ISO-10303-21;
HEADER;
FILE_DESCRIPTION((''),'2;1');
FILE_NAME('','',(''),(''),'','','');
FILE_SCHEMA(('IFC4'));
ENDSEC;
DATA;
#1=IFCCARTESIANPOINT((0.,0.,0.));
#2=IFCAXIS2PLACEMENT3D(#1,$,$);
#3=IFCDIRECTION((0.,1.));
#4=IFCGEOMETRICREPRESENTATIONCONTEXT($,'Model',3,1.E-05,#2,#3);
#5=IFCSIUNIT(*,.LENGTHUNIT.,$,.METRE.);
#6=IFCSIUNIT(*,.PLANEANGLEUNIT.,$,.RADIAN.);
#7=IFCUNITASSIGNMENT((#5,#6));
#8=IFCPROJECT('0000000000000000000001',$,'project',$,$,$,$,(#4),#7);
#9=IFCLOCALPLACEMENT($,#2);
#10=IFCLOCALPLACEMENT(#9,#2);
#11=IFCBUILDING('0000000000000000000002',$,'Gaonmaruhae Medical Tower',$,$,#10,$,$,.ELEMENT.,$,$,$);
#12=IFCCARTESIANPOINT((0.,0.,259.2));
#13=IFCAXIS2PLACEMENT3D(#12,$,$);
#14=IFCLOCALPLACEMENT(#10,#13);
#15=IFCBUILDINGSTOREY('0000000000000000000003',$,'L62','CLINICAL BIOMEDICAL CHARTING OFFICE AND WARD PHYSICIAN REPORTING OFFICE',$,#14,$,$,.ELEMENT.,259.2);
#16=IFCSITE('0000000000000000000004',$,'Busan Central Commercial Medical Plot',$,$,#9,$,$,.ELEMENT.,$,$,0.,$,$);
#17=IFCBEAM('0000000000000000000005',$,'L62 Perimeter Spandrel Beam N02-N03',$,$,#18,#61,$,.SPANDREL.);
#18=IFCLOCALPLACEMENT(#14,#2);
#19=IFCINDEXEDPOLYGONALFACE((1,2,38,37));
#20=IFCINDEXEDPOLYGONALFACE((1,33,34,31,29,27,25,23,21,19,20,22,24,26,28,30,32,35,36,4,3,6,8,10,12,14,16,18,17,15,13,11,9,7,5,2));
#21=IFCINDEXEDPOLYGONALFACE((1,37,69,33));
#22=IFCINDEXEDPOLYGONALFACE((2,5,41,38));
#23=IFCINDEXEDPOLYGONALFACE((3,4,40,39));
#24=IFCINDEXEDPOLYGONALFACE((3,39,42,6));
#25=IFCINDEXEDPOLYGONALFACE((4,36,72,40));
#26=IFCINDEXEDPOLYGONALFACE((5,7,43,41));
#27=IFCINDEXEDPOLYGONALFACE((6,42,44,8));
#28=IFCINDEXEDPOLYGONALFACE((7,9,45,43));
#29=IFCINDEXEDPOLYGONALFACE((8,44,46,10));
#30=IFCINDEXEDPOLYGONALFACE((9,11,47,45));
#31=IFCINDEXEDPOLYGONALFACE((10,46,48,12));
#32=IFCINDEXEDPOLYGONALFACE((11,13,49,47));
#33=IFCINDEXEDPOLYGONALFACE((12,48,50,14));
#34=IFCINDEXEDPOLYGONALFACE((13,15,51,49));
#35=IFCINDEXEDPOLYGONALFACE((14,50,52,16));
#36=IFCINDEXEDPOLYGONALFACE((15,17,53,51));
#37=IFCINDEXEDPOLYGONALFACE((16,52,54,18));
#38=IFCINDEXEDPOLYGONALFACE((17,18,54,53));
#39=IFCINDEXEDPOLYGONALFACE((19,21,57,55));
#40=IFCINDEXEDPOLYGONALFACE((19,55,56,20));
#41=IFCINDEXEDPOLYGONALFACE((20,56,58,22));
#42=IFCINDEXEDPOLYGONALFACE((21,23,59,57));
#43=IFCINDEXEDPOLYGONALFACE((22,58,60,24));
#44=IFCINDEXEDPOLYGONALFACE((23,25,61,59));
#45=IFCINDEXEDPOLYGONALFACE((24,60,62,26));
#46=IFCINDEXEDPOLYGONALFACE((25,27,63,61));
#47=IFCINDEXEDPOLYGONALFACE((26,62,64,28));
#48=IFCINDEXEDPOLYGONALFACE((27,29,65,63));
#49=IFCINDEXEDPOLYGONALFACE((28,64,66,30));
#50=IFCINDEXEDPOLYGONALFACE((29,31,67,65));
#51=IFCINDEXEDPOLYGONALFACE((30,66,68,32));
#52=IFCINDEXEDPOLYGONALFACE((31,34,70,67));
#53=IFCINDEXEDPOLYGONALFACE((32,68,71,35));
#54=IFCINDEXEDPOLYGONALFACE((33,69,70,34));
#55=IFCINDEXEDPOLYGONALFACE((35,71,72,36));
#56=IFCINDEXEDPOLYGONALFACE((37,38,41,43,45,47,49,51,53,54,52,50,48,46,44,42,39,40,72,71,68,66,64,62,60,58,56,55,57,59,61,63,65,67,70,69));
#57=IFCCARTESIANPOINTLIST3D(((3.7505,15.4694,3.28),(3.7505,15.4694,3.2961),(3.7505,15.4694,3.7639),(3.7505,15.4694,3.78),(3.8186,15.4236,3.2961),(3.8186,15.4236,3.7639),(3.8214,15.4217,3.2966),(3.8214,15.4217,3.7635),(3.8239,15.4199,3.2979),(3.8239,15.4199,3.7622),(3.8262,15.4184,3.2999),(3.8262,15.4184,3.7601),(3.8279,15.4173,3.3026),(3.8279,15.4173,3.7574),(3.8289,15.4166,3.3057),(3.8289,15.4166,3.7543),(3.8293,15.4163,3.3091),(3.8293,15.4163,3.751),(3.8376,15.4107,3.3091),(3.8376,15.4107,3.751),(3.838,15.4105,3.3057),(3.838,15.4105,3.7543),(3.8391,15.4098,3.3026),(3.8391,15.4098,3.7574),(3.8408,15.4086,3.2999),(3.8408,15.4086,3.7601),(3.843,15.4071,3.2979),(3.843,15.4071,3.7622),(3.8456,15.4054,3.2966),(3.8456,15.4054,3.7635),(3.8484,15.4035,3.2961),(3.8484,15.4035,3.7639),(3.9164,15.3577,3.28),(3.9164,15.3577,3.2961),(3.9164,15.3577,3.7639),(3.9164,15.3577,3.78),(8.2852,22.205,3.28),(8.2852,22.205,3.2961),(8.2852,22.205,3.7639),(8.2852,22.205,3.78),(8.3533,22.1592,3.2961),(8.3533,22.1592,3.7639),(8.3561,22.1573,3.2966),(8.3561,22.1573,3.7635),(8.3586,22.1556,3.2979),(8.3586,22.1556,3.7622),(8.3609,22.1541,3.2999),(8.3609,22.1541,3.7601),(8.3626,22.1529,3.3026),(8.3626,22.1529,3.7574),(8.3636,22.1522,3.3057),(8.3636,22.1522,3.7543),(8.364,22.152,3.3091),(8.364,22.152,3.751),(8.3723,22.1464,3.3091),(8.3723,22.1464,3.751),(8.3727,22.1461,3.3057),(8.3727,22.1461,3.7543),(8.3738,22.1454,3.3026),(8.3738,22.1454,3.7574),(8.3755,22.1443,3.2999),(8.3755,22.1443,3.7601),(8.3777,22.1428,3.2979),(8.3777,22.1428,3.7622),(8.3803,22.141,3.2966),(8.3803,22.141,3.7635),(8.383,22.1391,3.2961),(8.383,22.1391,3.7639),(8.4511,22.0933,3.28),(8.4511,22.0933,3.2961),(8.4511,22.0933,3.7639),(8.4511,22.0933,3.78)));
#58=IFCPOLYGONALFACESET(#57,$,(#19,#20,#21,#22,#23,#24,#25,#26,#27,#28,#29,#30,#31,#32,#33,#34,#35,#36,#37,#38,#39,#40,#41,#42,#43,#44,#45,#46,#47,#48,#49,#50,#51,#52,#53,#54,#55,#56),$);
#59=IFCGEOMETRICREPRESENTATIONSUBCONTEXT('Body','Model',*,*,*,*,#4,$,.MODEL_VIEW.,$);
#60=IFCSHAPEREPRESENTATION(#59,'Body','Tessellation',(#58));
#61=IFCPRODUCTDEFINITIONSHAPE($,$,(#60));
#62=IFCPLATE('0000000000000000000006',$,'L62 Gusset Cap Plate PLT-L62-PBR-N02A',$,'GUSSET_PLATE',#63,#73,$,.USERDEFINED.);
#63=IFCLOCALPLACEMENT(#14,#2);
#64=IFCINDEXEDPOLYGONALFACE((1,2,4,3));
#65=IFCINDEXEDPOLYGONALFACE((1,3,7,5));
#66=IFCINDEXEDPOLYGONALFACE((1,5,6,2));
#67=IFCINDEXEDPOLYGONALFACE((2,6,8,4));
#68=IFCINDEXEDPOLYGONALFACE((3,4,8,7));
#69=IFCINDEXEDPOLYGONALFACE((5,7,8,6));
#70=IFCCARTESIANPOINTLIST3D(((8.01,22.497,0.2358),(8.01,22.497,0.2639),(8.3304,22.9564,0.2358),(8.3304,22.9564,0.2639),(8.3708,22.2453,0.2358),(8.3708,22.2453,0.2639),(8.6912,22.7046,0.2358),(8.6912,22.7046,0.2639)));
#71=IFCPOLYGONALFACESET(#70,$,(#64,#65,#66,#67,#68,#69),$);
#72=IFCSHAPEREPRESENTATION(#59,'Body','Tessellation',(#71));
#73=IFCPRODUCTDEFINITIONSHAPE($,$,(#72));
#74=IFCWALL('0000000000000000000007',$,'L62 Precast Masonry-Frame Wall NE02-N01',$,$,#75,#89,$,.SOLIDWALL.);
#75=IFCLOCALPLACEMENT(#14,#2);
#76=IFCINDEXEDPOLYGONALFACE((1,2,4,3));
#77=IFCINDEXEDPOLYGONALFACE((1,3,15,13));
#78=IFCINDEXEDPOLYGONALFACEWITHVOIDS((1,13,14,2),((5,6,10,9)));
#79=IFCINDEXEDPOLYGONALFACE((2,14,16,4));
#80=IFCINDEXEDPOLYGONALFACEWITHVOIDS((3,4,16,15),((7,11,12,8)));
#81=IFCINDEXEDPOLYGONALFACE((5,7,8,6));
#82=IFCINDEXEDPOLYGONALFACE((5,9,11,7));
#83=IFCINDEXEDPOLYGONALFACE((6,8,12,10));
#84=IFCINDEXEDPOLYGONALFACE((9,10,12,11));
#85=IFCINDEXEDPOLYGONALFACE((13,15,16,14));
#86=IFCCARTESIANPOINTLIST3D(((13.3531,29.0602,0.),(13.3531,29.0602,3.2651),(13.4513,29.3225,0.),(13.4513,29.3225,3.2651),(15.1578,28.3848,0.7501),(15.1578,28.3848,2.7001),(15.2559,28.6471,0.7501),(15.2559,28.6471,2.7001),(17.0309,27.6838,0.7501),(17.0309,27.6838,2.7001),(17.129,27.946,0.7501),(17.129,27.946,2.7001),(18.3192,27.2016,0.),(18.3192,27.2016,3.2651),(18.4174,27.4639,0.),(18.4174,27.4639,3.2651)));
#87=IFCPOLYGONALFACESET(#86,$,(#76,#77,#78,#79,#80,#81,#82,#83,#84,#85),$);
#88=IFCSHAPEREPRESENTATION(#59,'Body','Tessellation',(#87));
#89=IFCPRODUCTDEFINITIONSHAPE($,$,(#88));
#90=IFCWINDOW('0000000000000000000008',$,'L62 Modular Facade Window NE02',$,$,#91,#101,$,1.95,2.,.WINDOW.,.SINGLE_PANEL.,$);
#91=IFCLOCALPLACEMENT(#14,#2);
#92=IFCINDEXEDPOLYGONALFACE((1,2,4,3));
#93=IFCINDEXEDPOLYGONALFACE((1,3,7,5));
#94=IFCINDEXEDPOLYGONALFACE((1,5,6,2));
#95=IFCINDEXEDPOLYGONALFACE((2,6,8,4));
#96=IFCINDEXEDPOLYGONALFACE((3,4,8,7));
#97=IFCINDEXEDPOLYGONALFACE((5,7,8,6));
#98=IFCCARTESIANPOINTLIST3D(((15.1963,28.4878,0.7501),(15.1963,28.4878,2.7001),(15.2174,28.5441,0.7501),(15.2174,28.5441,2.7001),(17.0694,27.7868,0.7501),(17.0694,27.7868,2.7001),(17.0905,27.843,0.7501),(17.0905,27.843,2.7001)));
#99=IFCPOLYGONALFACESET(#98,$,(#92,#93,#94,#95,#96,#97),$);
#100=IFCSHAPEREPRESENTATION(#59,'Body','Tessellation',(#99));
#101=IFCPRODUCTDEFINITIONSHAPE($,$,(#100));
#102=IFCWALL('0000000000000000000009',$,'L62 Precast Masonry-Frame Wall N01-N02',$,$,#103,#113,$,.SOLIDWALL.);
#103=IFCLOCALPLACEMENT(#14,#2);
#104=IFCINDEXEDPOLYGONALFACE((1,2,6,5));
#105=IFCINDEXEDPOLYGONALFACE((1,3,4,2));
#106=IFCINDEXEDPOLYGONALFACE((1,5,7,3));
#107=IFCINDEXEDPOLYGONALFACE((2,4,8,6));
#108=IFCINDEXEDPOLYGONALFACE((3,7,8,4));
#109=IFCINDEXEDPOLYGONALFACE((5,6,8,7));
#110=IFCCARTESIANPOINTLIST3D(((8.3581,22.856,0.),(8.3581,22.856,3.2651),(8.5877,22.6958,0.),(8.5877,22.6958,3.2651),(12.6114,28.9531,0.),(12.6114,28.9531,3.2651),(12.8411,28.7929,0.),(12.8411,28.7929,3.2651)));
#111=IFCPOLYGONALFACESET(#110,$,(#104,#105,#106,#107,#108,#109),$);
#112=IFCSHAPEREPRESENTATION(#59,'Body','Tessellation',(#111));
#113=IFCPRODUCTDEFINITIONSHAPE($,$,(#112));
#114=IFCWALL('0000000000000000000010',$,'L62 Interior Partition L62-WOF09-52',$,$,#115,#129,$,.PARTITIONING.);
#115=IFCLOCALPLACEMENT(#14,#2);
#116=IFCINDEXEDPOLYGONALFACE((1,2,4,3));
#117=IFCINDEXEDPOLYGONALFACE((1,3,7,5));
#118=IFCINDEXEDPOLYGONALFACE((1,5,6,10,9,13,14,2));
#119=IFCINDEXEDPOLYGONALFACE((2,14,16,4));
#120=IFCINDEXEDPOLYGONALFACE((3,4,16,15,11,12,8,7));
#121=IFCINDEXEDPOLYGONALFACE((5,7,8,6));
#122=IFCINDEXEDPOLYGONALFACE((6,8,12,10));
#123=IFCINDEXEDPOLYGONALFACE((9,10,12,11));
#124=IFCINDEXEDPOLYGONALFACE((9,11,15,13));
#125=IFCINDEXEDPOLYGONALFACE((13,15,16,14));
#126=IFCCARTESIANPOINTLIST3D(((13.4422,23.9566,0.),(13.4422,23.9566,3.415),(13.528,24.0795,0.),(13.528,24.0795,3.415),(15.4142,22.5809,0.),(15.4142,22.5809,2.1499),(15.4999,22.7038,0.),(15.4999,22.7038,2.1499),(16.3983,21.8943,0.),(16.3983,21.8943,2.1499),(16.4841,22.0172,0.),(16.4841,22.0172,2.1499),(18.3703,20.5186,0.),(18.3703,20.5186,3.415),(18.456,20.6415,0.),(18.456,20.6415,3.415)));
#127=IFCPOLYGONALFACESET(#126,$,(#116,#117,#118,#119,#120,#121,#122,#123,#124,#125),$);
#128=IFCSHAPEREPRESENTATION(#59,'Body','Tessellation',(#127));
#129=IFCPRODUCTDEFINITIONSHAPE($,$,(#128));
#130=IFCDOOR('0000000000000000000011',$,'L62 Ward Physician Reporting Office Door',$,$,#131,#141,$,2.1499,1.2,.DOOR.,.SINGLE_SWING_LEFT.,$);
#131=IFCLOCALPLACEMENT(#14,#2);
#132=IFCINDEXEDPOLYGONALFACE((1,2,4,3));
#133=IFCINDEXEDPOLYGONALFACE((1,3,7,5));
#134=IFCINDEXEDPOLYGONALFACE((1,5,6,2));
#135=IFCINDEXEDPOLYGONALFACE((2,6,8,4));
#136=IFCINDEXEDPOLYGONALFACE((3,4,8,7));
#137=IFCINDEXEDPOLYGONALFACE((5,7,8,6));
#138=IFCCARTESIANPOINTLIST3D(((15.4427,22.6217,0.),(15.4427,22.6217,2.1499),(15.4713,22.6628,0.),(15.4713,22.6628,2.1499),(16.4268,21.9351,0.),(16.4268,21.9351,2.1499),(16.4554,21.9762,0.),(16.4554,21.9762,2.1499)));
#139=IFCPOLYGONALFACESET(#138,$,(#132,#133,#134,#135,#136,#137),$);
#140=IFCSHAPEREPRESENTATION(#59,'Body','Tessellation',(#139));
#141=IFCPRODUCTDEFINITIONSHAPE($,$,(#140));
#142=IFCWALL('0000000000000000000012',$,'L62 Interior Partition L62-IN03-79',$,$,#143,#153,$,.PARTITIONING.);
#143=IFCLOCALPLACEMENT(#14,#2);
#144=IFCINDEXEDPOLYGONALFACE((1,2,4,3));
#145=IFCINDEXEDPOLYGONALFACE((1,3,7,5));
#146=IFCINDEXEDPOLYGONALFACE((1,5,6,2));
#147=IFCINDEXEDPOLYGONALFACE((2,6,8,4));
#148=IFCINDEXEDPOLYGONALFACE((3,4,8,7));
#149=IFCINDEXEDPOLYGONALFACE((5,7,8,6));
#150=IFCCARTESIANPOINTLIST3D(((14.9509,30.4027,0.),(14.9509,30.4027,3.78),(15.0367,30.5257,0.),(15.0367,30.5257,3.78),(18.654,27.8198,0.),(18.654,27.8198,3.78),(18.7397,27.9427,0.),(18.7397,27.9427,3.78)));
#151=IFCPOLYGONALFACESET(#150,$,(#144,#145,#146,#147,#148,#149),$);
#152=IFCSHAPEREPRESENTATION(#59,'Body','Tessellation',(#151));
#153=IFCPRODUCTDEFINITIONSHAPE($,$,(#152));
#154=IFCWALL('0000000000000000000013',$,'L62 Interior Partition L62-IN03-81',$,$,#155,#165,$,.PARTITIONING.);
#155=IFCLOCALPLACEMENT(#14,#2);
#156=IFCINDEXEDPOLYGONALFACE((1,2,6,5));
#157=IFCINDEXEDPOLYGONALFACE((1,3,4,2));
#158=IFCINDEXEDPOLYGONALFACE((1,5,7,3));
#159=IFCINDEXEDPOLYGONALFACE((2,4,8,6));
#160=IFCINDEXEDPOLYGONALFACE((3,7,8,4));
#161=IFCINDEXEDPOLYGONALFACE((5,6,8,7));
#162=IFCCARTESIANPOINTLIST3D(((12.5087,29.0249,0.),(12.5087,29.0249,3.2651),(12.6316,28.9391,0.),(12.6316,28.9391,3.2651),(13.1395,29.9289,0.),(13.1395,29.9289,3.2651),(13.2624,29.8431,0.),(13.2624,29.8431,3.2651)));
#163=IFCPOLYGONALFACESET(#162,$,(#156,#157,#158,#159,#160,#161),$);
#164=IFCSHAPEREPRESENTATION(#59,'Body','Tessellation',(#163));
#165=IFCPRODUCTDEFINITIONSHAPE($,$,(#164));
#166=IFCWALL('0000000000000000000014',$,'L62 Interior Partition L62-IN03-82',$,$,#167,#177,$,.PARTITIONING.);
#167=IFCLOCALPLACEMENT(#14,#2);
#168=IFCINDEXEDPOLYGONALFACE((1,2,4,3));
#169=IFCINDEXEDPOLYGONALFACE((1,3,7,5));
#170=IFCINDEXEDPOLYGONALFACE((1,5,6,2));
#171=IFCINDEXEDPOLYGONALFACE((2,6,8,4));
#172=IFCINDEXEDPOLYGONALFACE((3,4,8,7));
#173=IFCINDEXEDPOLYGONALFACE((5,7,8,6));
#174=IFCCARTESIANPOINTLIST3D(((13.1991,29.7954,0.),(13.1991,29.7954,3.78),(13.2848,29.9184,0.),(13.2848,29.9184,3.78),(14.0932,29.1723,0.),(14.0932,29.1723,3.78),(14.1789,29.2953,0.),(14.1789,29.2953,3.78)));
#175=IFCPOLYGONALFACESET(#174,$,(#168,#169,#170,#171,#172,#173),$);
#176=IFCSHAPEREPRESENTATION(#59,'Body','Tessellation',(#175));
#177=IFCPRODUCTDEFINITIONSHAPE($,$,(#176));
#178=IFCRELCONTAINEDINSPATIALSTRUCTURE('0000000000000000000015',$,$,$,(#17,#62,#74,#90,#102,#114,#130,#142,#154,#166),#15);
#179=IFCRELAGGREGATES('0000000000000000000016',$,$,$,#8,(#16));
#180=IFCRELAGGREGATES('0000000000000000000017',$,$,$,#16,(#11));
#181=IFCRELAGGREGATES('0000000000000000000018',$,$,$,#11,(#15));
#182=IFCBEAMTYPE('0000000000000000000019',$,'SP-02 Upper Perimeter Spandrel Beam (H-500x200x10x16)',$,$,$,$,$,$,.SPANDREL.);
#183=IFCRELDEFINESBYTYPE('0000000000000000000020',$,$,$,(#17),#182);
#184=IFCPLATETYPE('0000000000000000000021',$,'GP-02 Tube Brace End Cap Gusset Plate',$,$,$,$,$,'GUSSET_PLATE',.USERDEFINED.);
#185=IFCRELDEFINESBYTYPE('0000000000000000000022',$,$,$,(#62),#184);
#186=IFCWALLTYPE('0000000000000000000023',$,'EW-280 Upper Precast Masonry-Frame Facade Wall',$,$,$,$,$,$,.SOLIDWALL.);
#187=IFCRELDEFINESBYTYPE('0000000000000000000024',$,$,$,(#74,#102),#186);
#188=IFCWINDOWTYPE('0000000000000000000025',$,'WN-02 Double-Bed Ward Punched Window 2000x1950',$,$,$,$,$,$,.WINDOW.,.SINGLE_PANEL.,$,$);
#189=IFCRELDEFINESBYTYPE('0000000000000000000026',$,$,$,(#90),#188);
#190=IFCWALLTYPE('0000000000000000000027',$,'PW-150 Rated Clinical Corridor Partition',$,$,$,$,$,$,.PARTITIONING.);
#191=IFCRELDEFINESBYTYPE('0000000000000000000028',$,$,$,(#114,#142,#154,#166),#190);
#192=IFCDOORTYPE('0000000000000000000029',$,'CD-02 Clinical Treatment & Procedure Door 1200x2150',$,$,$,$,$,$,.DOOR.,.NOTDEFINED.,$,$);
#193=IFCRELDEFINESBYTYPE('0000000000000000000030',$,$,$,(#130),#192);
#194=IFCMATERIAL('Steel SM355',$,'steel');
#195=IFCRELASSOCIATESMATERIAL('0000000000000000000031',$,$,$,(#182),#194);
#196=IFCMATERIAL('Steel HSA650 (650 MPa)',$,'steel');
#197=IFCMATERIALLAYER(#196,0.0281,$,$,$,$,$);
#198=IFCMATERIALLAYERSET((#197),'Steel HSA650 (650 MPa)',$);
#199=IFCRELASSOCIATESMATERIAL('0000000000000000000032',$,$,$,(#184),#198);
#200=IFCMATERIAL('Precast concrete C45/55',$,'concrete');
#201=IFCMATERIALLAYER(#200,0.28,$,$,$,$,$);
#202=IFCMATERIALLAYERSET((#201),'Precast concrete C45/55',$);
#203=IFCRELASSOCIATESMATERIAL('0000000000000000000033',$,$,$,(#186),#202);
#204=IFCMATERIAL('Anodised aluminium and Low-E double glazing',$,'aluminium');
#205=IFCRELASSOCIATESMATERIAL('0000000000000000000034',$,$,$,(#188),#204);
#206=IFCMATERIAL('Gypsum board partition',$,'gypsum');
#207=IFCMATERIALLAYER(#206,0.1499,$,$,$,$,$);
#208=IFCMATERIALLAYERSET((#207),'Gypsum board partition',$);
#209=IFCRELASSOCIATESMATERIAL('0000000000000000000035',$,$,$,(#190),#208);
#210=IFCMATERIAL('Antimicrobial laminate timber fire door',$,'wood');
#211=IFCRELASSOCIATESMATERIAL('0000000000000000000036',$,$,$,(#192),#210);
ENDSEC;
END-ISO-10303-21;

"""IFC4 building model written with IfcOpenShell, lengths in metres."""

from ifc_helpers import new_model, si_unit, direction, frame, frame_2d, origin, origin_2d, place, context, subcontext, project, spatial, rectangle, i_section, extrude, material, layer, layer_set, material_profile, profile_set, type_object, element, fill, save


model = new_model("IFC4")

# Units and contexts
model_context = context("Model", 3, precision=1e-05, world=origin(), true_north=direction((0.0, 1.0)))
body_context = subcontext(model_context, "Body", "Model", "MODEL_VIEW")
ifc_project = project(units=[si_unit("LENGTHUNIT", "METRE"), si_unit("PLANEANGLEUNIT", "RADIAN")], contexts=[model_context])

# Site, building, storey
site_placement = place(None, origin())
site = spatial("IfcSite", under=ifc_project, at=site_placement, Name="Busan Central Commercial Medical Plot", CompositionType="ELEMENT", RefElevation=0.0)
building_placement = place(site_placement, origin())
building = spatial("IfcBuilding", under=site, at=building_placement, Name="Gaonmaruhae Medical Tower", CompositionType="ELEMENT")
storey_placement = place(building_placement, frame((0.0, 0.0, 259.2)))
storey = spatial("IfcBuildingStorey", under=building, at=storey_placement, Name="L62", Description="CLINICAL BIOMEDICAL CHARTING OFFICE AND WARD PHYSICIAN REPORTING OFFICE", CompositionType="ELEMENT", Elevation=259.2)

# Shared definitions
ifc_material_1 = material(Name="Steel SM355", Category="steel")

# Beam
ifc_material_profile_1 = material_profile(ifc_material_1, i_section(OverallWidth=0.2, OverallDepth=0.5, WebThickness=0.01, FlangeThickness=0.0161, FilletRadius=0.0129, at=origin_2d()), Name="H-500x200x10x16")
ifc_profile_set_1 = profile_set([ifc_material_profile_1], Name="Steel SM355")
beam_type_1 = type_object("IfcBeamType", Name="SP-02 Upper Perimeter Spandrel Beam (H-500x200x10x16)", PredefinedType="SPANDREL", material=ifc_profile_set_1)
beam_1_placement = place(storey_placement, frame((8.3682, 22.1492, 3.53), z_axis=(-0.558469, -0.829525, 0.0), x_axis=(0.829525, -0.558469, 0.0)))
element("IfcBeam", 1, at=beam_1_placement, inside=storey, type_object=beam_type_1, Name="L62 Perimeter Spandrel Beam N02-N03", PredefinedType="SPANDREL", context=body_context, shape_type="SweptSolid", body=[
    extrude(i_section(OverallWidth=0.2, OverallDepth=0.5, WebThickness=0.01, FlangeThickness=0.0161, FilletRadius=0.0129, at=origin_2d()), origin(), (0.0, 0.0, 1.0), 8.1199),
])

# Plate
ifc_material_2 = material(Name="Steel HSA650 (650 MPa)", Category="steel")
ifc_layer_1 = layer(ifc_material_2, 0.0281)
ifc_layer_set_1 = layer_set([ifc_layer_1], Name="Steel HSA650 (650 MPa)")
plate_type = type_object("IfcPlateType", Name="GP-02 Tube Brace End Cap Gusset Plate", ElementType="GUSSET_PLATE", PredefinedType="USERDEFINED", material=ifc_layer_set_1)
plate_placement = place(storey_placement, frame((8.3506, 22.6008, 0.2358), z_axis=(0.0, 0.0, 1.0), x_axis=(0.572146, 0.820152, 0.0)))
element("IfcPlate", 2, at=plate_placement, inside=storey, type_object=plate_type, Name="L62 Gusset Cap Plate PLT-L62-PBR-N02A", ObjectType="GUSSET_PLATE", PredefinedType="USERDEFINED", context=body_context, shape_type="SweptSolid", body=[
    extrude(rectangle(XDim=0.5601, YDim=0.4399, at=origin_2d()), origin(), (0.0, 0.0, 1.0), 0.0281),
])

# Wall, opening, window
ifc_material_3 = material(Name="Precast concrete C45/55", Category="concrete")
ifc_layer_2 = layer(ifc_material_3, 0.28)
ifc_layer_set_2 = layer_set([ifc_layer_2], Name="Precast concrete C45/55")
wall_type_1 = type_object("IfcWallType", Name="EW-280 Upper Precast Masonry-Frame Facade Wall", PredefinedType="SOLIDWALL", material=ifc_layer_set_2)
wall_1_placement = place(storey_placement, frame((13.4021, 29.1914, 0.0), z_axis=(0.0, 0.0, 1.0), x_axis=(0.936554, -0.350523, 0.0)))
wall_1 = element("IfcWall", 3, at=wall_1_placement, inside=storey, type_object=wall_type_1, Name="L62 Precast Masonry-Frame Wall NE02-N01", PredefinedType="SOLIDWALL", context=body_context, shape_type="SweptSolid", body=[
    extrude(rectangle(XDim=5.3025, YDim=0.28, at=frame_2d((2.6514, 0.0))), origin(), (0.0, 0.0, 1.0), 3.2651),
])
opening_1_placement = place(wall_1_placement, frame((1.927, 0.0, 0.75)))
opening_1 = element("IfcOpeningElement", 4, at=opening_1_placement, cuts=wall_1, PredefinedType="OPENING", context=body_context, shape_type="SweptSolid", body=[
    extrude(rectangle(XDim=2.0, YDim=1.95, at=frame_2d((1.0, 0.9751))), frame((0.0, 0.1499, 0.0), z_axis=(0.0, -1.0, 0.0), x_axis=(1.0, 0.0, 0.0)), (0.0, 0.0, 1.0), 0.3),
])
ifc_material_4 = material(Name="Anodised aluminium and Low-E double glazing", Category="aluminium")
window_type = type_object("IfcWindowType", Name="WN-02 Double-Bed Ward Punched Window 2000x1950", PartitioningType="SINGLE_PANEL", PredefinedType="WINDOW", material=ifc_material_4)
window_placement = place(opening_1_placement, origin())
window = element("IfcWindow", 5, at=window_placement, inside=storey, type_object=window_type, Name="L62 Modular Facade Window NE02", OverallHeight=1.95, OverallWidth=2.0, PartitioningType="SINGLE_PANEL", PredefinedType="WINDOW", context=body_context, shape_type="SweptSolid", body=[
    extrude(rectangle(XDim=2.0, YDim=1.95, at=frame_2d((1.0, 0.9751))), frame((0.0, 0.03, 0.0), z_axis=(0.0, -1.0, 0.0), x_axis=(1.0, 0.0, 0.0)), (0.0, 0.0, 1.0), 0.0601),
])
fill(opening_1, window)

# Wall
wall_2_placement = place(storey_placement, frame((8.4729, 22.7759, 0.0), z_axis=(0.0, 0.0, 1.0), x_axis=(0.572144, 0.820153, 0.0)))
element("IfcWall", 6, at=wall_2_placement, inside=storey, type_object=wall_type_1, Name="L62 Precast Masonry-Frame Wall N01-N02", PredefinedType="SOLIDWALL", context=body_context, shape_type="SweptSolid", body=[
    extrude(rectangle(XDim=7.4341, YDim=0.28, at=frame_2d((3.717, 0.0))), origin(), (0.0, 0.0, 1.0), 3.2651),
])

# Wall, opening, door
ifc_material_5 = material(Name="Gypsum board partition", Category="gypsum")
ifc_layer_3 = layer(ifc_material_5, 0.1499)
ifc_layer_set_3 = layer_set([ifc_layer_3], Name="Gypsum board partition")
wall_type_2 = type_object("IfcWallType", Name="PW-150 Rated Clinical Corridor Partition", PredefinedType="PARTITIONING", material=ifc_layer_set_3)
wall_3_placement = place(storey_placement, frame((13.4851, 24.0181, 0.0), z_axis=(0.0, 0.0, 1.0), x_axis=(0.820138, -0.572166, 0.0)))
wall_3 = element("IfcWall", 7, at=wall_3_placement, inside=storey, type_object=wall_type_2, Name="L62 Interior Partition L62-WOF09-52", PredefinedType="PARTITIONING", context=body_context, shape_type="SweptSolid", body=[
    extrude(rectangle(XDim=6.0088, YDim=0.1499, at=frame_2d((3.0044, 0.0))), origin(), (0.0, 0.0, 1.0), 3.415),
])
opening_2_placement = place(wall_3_placement, frame((2.4043, 0.0, 0.0)))
opening_2 = element("IfcOpeningElement", 8, at=opening_2_placement, cuts=wall_3, PredefinedType="OPENING", context=body_context, shape_type="SweptSolid", body=[
    extrude(rectangle(XDim=1.2, YDim=2.1499, at=frame_2d((0.6001, 1.075))), frame((0.0, 0.085, 0.0), z_axis=(0.0, -1.0, 0.0), x_axis=(1.0, 0.0, 0.0)), (0.0, 0.0, 1.0), 0.1699),
])
ifc_material_6 = material(Name="Antimicrobial laminate timber fire door", Category="wood")
door_type_1 = type_object("IfcDoorType", Name="CD-02 Clinical Treatment & Procedure Door 1200x2150", OperationType="NOTDEFINED", PredefinedType="DOOR", material=ifc_material_6)
door_1_placement = place(opening_2_placement, origin())
door_1 = element("IfcDoor", 9, at=door_1_placement, inside=storey, type_object=door_type_1, Name="L62 Ward Physician Reporting Office Door", OperationType="SINGLE_SWING_LEFT", OverallHeight=2.1499, OverallWidth=1.2, PredefinedType="DOOR", context=body_context, shape_type="SweptSolid", body=[
    extrude(rectangle(XDim=1.2, YDim=2.1499, at=frame_2d((0.6001, 1.075))), frame((0.0, 0.0249, 0.0), z_axis=(0.0, -1.0, 0.0), x_axis=(1.0, 0.0, 0.0)), (0.0, 0.0, 1.0), 0.05),
])
fill(opening_2, door_1)

# Walls
wall_4_placement = place(storey_placement, frame((14.9939, 30.4641, 0.0), z_axis=(0.0, 0.0, 1.0), x_axis=(0.820186, -0.572097, 0.0)))
element("IfcWall", 10, at=wall_4_placement, inside=storey, type_object=wall_type_2, Name="L62 Interior Partition L62-IN03-79", PredefinedType="PARTITIONING", context=body_context, shape_type="SweptSolid", body=[
    extrude(rectangle(XDim=4.5149, YDim=0.1499, at=frame_2d((2.2573, 0.0))), origin(), (0.0, 0.0, 1.0), 3.78),
])
wall_5_placement = place(storey_placement, frame((12.5701, 28.9819, 0.0), z_axis=(0.0, 0.0, 1.0), x_axis=(0.572258, 0.820074, 0.0)))
element("IfcWall", 11, at=wall_5_placement, inside=storey, type_object=wall_type_2, Name="L62 Interior Partition L62-IN03-81", PredefinedType="PARTITIONING", context=body_context, shape_type="SweptSolid", body=[
    extrude(rectangle(XDim=1.1023, YDim=0.1499, at=frame_2d((0.5513, 0.0))), origin(), (0.0, 0.0, 1.0), 3.2651),
])
wall_6_placement = place(storey_placement, frame((13.2419, 29.8569, 0.0), z_axis=(0.0, 0.0, 1.0), x_axis=(0.82043, -0.571747, 0.0)))
element("IfcWall", 12, at=wall_6_placement, inside=storey, type_object=wall_type_2, Name="L62 Interior Partition L62-IN03-82", PredefinedType="PARTITIONING", context=body_context, shape_type="SweptSolid", body=[
    extrude(rectangle(XDim=1.0898, YDim=0.1499, at=frame_2d((0.5449, 0.0))), origin(), (0.0, 0.0, 1.0), 3.78),
])

save(model, "model.ifc")
